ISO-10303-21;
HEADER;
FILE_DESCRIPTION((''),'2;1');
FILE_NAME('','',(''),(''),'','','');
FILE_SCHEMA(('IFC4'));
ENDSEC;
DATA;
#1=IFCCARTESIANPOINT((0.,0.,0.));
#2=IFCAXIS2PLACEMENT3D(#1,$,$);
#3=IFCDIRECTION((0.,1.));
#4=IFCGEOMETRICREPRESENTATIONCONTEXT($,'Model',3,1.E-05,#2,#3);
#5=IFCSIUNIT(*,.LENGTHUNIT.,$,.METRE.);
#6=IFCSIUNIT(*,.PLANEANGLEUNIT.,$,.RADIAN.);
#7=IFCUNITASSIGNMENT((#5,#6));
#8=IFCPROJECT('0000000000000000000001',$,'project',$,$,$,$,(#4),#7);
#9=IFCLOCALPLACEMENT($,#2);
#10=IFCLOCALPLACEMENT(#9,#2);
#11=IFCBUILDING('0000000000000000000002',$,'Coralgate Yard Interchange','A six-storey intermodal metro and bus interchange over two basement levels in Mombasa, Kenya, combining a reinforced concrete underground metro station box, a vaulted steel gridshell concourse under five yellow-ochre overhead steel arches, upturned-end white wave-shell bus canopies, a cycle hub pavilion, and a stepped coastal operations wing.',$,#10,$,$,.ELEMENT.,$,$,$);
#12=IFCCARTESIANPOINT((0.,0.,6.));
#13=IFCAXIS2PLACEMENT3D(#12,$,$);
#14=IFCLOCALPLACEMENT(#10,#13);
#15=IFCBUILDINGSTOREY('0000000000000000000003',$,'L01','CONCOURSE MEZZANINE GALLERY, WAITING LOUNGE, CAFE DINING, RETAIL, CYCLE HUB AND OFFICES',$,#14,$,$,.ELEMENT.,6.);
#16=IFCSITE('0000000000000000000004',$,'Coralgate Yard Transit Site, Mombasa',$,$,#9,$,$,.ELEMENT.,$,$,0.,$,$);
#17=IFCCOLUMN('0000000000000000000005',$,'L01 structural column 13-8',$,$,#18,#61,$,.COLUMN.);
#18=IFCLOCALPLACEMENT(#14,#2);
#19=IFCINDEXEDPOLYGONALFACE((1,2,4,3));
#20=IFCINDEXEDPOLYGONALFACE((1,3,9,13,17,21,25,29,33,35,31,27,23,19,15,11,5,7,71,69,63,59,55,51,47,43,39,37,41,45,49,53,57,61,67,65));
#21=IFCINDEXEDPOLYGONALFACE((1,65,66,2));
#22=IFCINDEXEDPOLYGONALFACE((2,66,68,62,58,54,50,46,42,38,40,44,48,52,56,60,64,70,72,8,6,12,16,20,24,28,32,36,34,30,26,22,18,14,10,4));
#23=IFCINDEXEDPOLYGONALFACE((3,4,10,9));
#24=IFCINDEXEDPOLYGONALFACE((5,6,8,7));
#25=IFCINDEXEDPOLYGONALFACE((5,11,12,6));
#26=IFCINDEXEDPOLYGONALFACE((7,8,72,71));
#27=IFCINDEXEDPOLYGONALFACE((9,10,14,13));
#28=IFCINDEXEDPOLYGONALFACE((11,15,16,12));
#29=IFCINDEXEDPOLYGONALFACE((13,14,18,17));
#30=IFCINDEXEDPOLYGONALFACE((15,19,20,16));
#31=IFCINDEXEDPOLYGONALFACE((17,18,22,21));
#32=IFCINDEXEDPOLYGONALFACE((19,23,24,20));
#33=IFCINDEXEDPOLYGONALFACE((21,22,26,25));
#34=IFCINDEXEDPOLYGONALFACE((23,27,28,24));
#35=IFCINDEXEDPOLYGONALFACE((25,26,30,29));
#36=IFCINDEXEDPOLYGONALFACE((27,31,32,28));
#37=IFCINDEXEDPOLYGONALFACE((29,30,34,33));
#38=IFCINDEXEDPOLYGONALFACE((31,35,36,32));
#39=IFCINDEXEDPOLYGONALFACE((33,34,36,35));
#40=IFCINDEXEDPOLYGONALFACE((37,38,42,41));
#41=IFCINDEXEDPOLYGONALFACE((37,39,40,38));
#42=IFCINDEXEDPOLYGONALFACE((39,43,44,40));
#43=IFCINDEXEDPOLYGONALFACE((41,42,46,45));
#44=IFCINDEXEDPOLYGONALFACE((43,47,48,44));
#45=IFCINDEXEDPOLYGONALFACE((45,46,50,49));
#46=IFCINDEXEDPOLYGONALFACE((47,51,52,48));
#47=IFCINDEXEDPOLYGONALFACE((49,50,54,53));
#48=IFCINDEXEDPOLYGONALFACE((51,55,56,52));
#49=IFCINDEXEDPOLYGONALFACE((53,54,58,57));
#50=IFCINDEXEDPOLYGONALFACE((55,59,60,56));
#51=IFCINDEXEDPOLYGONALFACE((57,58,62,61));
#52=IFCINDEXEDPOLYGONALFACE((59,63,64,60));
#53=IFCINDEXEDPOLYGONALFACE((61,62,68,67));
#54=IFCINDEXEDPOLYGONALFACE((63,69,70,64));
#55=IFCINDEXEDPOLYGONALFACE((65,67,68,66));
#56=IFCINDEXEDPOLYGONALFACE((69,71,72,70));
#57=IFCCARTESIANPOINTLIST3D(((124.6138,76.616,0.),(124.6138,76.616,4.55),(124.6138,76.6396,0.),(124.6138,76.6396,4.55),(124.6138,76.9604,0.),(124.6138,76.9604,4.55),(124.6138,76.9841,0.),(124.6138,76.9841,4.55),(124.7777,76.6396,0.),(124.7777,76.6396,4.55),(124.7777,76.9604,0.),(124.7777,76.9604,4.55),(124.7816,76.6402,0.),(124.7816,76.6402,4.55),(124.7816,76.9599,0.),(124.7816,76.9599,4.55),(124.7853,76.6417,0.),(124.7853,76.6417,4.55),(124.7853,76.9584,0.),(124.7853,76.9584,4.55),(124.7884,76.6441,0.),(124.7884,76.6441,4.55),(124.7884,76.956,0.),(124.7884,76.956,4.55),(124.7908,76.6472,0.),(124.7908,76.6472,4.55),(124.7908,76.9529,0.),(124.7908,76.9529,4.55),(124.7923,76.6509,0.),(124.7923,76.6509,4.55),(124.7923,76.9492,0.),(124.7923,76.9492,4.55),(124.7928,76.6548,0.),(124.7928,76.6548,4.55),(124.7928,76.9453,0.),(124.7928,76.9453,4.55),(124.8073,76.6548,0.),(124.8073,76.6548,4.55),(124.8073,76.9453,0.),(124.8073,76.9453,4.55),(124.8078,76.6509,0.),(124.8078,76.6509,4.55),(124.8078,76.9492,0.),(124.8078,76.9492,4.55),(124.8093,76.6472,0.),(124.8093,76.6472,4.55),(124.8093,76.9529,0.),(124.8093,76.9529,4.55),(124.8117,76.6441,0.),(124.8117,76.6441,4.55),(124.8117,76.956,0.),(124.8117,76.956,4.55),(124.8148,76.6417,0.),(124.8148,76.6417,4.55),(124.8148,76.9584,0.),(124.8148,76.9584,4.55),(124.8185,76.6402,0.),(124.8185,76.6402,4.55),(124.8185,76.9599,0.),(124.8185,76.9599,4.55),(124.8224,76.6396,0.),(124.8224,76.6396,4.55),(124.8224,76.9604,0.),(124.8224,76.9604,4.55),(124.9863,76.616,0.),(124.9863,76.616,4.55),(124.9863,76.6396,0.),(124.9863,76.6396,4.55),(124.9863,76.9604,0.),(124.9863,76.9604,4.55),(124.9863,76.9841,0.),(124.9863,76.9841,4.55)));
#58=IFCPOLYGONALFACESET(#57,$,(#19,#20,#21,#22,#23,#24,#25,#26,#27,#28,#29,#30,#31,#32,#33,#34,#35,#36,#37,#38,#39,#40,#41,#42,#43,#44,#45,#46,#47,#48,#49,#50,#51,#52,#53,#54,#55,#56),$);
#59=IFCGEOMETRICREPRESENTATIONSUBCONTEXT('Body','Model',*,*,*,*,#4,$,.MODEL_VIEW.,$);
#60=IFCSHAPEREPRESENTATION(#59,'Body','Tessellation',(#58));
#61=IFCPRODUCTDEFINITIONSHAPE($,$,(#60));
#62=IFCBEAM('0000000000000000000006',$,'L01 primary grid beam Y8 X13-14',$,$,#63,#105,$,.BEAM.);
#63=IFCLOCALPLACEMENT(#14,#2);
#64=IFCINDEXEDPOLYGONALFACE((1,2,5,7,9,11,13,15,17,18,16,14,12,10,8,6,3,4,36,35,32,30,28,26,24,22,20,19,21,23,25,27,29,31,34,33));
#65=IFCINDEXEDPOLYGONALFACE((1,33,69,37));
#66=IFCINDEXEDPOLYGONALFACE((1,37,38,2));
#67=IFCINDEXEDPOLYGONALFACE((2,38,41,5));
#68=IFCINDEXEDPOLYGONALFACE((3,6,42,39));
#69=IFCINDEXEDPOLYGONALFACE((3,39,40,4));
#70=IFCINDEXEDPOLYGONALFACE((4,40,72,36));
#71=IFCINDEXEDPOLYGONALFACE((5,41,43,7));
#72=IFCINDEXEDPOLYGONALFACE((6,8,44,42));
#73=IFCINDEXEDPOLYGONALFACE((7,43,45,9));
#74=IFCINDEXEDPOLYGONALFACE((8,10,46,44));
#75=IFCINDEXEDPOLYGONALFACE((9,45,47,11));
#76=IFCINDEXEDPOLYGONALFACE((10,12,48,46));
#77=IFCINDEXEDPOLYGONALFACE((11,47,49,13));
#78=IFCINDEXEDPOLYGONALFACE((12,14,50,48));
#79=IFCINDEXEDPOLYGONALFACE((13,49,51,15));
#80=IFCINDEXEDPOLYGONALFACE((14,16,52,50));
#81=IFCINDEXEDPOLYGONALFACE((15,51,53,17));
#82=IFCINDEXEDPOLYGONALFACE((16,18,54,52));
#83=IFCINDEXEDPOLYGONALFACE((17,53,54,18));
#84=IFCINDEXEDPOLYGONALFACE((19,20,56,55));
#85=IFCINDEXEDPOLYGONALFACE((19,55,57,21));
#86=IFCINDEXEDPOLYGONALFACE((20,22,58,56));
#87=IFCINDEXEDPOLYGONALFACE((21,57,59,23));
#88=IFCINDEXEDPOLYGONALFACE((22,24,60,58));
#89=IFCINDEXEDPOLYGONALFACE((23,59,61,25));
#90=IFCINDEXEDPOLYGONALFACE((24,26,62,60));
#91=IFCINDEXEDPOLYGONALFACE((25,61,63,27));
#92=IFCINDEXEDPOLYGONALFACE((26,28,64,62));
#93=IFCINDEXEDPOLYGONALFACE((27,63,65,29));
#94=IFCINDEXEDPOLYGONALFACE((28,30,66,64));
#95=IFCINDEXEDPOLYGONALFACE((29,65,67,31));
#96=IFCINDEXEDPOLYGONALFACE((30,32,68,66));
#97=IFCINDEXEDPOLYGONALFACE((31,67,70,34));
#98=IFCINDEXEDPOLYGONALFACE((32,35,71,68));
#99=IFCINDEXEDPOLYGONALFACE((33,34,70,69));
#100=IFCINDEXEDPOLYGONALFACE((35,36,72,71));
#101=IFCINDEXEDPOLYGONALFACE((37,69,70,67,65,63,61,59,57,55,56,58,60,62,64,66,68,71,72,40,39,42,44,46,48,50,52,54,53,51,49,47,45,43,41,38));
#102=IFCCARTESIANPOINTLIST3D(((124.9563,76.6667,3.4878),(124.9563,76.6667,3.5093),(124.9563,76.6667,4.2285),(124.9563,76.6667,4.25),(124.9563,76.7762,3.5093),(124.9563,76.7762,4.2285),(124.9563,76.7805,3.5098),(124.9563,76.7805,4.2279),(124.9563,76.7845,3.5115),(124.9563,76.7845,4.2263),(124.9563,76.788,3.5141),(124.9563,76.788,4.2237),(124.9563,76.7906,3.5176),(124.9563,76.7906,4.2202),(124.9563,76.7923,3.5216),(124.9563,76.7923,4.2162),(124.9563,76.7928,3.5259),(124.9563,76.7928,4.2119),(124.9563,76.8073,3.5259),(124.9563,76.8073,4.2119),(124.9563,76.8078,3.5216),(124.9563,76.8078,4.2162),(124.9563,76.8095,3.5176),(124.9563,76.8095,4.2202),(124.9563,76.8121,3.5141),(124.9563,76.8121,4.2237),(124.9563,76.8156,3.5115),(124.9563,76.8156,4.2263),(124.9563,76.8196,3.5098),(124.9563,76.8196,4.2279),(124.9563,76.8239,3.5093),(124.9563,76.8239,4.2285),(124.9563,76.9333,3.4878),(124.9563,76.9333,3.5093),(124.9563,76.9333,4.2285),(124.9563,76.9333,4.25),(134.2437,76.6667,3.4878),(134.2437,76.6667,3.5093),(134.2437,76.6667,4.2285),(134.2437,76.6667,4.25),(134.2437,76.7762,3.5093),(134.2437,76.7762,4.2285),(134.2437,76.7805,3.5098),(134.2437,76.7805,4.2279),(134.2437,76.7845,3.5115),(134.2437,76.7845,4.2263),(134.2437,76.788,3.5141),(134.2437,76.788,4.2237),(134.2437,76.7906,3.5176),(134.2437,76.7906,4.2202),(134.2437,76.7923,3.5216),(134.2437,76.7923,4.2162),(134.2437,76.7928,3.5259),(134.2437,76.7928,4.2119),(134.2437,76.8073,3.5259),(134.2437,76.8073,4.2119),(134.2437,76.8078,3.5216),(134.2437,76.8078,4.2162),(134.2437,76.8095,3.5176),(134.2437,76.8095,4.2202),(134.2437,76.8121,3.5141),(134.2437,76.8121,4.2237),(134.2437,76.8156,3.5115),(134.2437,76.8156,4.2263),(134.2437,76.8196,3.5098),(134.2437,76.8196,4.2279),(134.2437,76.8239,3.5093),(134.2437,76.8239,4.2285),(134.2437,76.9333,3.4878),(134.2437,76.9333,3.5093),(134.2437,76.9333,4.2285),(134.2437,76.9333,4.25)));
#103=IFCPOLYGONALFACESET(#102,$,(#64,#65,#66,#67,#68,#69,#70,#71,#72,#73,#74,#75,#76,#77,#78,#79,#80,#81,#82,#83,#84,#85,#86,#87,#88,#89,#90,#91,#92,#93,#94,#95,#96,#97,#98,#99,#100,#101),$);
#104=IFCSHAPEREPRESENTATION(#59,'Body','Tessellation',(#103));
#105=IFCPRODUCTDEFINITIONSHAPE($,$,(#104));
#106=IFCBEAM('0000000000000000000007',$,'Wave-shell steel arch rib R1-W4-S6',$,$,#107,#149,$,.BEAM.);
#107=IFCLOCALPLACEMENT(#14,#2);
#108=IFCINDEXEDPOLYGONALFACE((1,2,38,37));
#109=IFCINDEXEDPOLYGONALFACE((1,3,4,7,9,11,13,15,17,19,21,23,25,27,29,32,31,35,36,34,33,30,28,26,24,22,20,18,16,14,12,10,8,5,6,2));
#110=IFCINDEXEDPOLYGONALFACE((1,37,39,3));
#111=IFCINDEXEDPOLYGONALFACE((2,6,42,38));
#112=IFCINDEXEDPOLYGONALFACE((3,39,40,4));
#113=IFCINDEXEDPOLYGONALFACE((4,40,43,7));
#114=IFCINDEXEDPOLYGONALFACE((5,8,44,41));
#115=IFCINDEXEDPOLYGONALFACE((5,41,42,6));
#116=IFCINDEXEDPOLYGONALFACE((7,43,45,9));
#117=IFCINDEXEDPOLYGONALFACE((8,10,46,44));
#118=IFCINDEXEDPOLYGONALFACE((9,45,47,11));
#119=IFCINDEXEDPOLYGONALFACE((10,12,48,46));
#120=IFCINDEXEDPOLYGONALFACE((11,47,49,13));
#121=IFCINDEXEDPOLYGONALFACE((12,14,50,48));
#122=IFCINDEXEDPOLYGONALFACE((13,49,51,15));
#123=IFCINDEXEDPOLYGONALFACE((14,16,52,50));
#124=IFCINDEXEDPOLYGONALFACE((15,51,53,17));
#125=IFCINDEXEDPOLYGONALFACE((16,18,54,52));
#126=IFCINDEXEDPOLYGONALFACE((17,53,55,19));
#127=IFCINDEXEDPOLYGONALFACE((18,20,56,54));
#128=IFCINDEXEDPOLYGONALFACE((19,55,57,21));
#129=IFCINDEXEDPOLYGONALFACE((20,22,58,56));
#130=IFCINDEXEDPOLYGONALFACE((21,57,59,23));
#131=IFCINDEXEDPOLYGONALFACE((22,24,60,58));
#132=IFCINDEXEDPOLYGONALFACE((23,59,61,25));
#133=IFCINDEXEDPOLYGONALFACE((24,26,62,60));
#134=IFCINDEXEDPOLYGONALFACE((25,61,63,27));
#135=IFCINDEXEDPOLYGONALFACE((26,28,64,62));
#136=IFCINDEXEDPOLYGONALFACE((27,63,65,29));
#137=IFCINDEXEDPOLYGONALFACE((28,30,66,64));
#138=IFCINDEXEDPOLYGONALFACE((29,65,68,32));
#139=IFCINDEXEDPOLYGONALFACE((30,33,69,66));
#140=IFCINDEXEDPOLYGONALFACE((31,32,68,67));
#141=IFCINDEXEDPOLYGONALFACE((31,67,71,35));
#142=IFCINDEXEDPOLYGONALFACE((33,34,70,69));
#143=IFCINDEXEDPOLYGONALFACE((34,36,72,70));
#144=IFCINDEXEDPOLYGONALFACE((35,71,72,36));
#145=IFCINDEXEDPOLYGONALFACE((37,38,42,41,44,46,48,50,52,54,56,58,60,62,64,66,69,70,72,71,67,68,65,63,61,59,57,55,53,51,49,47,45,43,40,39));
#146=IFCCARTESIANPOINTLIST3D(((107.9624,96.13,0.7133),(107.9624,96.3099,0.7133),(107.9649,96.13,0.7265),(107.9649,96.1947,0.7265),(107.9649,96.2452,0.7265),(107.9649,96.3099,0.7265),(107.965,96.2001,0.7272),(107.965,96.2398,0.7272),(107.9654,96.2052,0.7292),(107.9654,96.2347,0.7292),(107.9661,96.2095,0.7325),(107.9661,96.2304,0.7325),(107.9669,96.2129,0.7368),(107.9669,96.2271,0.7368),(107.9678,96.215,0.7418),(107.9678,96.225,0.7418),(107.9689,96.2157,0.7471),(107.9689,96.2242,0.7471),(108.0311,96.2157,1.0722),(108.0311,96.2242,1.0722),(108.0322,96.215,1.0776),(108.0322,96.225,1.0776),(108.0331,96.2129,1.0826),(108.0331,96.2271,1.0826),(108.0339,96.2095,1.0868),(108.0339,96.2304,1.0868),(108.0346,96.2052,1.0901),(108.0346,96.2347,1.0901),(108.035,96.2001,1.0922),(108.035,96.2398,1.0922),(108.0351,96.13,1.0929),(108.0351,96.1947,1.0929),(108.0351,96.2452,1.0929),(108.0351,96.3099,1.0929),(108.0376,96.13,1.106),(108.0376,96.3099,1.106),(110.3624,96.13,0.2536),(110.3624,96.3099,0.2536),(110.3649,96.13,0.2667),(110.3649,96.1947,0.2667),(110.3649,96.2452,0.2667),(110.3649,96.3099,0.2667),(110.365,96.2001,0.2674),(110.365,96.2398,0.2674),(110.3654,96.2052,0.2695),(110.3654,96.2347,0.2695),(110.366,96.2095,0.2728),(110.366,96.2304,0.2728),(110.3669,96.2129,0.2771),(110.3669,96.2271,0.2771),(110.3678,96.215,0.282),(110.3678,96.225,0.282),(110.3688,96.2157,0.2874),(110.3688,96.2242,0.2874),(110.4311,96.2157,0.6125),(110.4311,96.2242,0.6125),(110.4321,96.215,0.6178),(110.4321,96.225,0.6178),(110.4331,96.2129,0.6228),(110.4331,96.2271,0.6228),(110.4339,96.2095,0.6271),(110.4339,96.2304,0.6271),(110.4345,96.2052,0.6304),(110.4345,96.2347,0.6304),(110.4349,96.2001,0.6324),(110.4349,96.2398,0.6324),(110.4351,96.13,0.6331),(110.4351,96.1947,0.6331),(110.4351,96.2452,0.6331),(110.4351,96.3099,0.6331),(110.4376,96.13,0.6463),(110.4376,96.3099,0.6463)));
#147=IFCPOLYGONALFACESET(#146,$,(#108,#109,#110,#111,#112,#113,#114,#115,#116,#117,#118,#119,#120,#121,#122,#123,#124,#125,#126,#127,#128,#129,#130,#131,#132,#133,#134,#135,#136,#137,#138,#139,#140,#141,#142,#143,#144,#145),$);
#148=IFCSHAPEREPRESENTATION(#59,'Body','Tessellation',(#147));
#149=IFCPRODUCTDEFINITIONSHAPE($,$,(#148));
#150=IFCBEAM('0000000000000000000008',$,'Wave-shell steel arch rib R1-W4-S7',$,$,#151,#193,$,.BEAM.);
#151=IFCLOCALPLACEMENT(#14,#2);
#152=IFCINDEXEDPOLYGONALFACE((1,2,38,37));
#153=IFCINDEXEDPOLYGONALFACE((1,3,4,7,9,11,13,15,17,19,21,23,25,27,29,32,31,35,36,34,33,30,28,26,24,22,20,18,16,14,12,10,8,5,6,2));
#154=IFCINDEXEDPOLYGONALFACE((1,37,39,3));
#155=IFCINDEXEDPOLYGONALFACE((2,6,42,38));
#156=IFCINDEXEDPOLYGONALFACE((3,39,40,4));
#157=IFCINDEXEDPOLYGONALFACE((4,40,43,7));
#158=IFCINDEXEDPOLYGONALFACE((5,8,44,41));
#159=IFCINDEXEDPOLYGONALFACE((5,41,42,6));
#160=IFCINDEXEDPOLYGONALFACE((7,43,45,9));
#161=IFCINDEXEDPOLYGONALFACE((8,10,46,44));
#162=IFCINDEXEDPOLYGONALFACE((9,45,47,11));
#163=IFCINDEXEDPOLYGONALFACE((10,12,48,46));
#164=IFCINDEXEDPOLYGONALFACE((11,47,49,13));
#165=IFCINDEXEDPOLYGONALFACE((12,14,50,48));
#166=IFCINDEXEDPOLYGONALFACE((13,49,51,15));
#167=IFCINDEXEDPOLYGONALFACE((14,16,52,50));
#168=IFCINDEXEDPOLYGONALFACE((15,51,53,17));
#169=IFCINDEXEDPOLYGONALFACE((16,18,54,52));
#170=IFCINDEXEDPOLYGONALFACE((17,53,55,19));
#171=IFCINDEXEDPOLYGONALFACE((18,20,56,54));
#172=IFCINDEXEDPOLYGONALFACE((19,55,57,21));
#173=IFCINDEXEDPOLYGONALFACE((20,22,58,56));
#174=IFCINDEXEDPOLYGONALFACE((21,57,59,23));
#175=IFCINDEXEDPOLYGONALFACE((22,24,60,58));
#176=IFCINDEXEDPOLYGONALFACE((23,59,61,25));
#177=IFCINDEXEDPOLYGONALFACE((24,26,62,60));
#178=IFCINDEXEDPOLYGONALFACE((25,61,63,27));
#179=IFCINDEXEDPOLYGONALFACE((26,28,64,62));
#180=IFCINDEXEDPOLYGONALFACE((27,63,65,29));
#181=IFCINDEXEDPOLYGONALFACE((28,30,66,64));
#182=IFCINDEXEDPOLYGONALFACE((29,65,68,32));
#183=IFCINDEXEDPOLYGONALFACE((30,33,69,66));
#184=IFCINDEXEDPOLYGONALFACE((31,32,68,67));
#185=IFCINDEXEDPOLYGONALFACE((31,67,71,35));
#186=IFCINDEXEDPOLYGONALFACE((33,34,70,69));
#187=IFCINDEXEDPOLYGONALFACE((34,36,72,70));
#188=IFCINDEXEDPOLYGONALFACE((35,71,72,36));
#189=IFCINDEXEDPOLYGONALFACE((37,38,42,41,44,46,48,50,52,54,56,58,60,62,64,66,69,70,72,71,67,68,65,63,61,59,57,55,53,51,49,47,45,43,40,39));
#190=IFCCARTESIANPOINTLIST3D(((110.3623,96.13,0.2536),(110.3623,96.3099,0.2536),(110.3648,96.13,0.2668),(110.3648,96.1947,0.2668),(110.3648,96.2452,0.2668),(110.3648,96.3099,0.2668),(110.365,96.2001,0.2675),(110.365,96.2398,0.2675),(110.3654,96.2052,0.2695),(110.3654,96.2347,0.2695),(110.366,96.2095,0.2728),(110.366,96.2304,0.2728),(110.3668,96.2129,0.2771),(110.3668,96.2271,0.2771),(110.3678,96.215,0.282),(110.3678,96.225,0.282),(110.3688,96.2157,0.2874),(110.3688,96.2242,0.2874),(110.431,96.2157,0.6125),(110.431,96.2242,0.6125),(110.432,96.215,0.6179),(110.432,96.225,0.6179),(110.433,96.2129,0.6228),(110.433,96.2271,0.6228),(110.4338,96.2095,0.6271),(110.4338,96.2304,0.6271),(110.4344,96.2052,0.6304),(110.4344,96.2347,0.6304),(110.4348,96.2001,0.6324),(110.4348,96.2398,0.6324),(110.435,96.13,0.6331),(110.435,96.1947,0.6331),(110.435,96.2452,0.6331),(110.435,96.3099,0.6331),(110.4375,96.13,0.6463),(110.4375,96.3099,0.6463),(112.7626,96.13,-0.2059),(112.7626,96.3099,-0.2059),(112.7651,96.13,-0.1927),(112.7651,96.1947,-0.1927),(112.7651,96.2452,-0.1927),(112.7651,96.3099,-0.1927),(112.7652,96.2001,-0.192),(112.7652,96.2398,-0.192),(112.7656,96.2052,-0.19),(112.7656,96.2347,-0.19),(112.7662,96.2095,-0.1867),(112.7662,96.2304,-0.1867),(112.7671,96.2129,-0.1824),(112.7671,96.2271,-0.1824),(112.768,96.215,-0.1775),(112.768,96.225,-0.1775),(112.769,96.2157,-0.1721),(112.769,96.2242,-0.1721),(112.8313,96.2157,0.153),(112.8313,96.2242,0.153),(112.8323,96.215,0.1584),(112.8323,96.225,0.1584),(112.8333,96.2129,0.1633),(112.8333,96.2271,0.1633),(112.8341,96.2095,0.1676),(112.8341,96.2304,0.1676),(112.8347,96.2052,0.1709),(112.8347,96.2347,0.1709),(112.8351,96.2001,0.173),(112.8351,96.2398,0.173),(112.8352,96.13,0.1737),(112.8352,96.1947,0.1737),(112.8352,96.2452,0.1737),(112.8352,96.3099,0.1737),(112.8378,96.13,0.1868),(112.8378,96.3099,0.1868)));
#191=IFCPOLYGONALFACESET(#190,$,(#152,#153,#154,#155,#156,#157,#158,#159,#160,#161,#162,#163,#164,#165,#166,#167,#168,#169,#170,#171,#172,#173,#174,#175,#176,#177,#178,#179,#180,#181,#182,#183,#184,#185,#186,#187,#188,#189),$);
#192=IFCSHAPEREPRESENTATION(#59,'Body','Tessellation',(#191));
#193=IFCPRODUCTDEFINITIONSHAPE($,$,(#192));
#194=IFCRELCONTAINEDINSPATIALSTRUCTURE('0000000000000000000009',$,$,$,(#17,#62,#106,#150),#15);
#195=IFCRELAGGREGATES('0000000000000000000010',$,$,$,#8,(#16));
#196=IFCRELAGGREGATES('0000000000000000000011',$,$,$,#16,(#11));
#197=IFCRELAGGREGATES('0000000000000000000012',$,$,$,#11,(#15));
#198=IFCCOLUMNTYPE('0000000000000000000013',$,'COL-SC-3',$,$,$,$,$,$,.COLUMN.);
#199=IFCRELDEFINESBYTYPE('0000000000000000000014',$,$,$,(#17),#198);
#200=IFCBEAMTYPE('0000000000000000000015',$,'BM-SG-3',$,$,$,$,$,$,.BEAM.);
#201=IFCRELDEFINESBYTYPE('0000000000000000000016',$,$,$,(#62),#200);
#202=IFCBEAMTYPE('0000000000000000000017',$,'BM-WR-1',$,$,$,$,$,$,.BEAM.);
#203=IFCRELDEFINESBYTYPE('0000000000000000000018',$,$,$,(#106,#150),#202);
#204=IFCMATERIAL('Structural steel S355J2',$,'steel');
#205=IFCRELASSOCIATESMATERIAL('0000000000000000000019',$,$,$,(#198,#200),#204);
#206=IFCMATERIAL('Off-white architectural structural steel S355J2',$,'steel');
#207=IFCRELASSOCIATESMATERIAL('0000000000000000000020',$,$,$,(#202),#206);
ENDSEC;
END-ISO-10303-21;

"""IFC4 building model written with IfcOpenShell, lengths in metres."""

from ifc_helpers import new_model, si_unit, direction, frame, origin, origin_2d, place, context, subcontext, project, spatial, i_section, extrude, material, material_profile, profile_set, type_object, element, save


model = new_model("IFC4")

# Units and contexts
model_context = context("Model", 3, precision=1e-05, world=origin(), true_north=direction((0.0, 1.0)))
body_context = subcontext(model_context, "Body", "Model", "MODEL_VIEW")
ifc_project = project(units=[si_unit("LENGTHUNIT", "METRE"), si_unit("PLANEANGLEUNIT", "RADIAN")], contexts=[model_context])

# Site, building, storey
site_placement = place(None, origin())
site = spatial("IfcSite", under=ifc_project, at=site_placement, Name="Coralgate Yard Transit Site, Mombasa", CompositionType="ELEMENT", RefElevation=0.0)
building_placement = place(site_placement, origin())
building = spatial("IfcBuilding", under=site, at=building_placement, Name="Coralgate Yard Interchange", Description="A six-storey intermodal metro and bus interchange over two basement levels in Mombasa, Kenya, combining a reinforced concrete underground metro station box, a vaulted steel gridshell concourse under five yellow-ochre overhead steel arches, upturned-end white wave-shell bus canopies, a cycle hub pavilion, and a stepped coastal operations wing.", CompositionType="ELEMENT")
storey_placement = place(building_placement, frame((0.0, 0.0, 6.0)))
storey = spatial("IfcBuildingStorey", under=building, at=storey_placement, Name="L01", Description="CONCOURSE MEZZANINE GALLERY, WAITING LOUNGE, CAFE DINING, RETAIL, CYCLE HUB AND OFFICES", CompositionType="ELEMENT", Elevation=6.0)

# Column
ifc_material_1 = material(Name="Structural steel S355J2", Category="steel")
ifc_material_profile_1 = material_profile(ifc_material_1, i_section(OverallWidth=0.3726, OverallDepth=0.3682, WebThickness=0.0144, FlangeThickness=0.0237, FilletRadius=0.0151, at=origin_2d()), Name="UC 356x368x177")
ifc_profile_set_1 = profile_set([ifc_material_profile_1], Name="Structural steel S355J2")
column_type = type_object("IfcColumnType", Name="COL-SC-3", PredefinedType="COLUMN", material=ifc_profile_set_1)
column_placement = place(storey_placement, frame((124.8, 76.8, 0.0), z_axis=(0.0, 0.0, 1.0), x_axis=(1.0, 0.0, 0.0)))
element("IfcColumn", 1, at=column_placement, inside=storey, type_object=column_type, Name="L01 structural column 13-8", PredefinedType="COLUMN", context=body_context, shape_type="SweptSolid", body=[
    extrude(i_section(OverallWidth=0.3726, OverallDepth=0.3682, WebThickness=0.0144, FlangeThickness=0.0237, FilletRadius=0.0151, at=origin_2d()), origin(), (0.0, 0.0, 1.0), 4.55),
])

# Beams
ifc_material_profile_2 = material_profile(ifc_material_1, i_section(OverallWidth=0.2666, OverallDepth=0.7622, WebThickness=0.0144, FlangeThickness=0.0215, FilletRadius=0.0166, at=origin_2d()), Name="UB 762x267x173")
ifc_profile_set_2 = profile_set([ifc_material_profile_2], Name="Structural steel S355J2")
beam_type_1 = type_object("IfcBeamType", Name="BM-SG-3", PredefinedType="BEAM", material=ifc_profile_set_2)
beam_1_placement = place(storey_placement, frame((124.9563, 76.8, 3.8689), z_axis=(1.0, 0.0, 0.0), x_axis=(0.0, 1.0, 0.0)))
element("IfcBeam", 2, at=beam_1_placement, inside=storey, type_object=beam_type_1, Name="L01 primary grid beam Y8 X13-14", PredefinedType="BEAM", context=body_context, shape_type="SweptSolid", body=[
    extrude(i_section(OverallWidth=0.2666, OverallDepth=0.7622, WebThickness=0.0144, FlangeThickness=0.0215, FilletRadius=0.0166, at=origin_2d()), origin(), (0.0, 0.0, 1.0), 9.2874),
])
ifc_material_2 = material(Name="Off-white architectural structural steel S355J2", Category="steel")
ifc_material_profile_3 = material_profile(ifc_material_2, i_section(OverallWidth=0.1799, OverallDepth=0.3999, WebThickness=0.0085, FlangeThickness=0.0134, FilletRadius=0.021, at=origin_2d()), Name="IPE 400")
ifc_profile_set_3 = profile_set([ifc_material_profile_3], Name="Off-white architectural structural steel S355J2")
beam_type_2 = type_object("IfcBeamType", Name="BM-WR-1", PredefinedType="BEAM", material=ifc_profile_set_3)
beam_2_placement = place(storey_placement, frame((108.0, 96.22, 0.9097), z_axis=(0.982143, 0.0, -0.188136), x_axis=(0.0, 1.0, 0.0)))
element("IfcBeam", 3, at=beam_2_placement, inside=storey, type_object=beam_type_2, Name="Wave-shell steel arch rib R1-W4-S6", PredefinedType="BEAM", context=body_context, shape_type="SweptSolid", body=[
    extrude(i_section(OverallWidth=0.1799, OverallDepth=0.3999, WebThickness=0.0085, FlangeThickness=0.0134, FilletRadius=0.021, at=origin_2d()), origin(), (0.0, 0.0, 1.0), 2.4436),
])
beam_3_placement = place(storey_placement, frame((110.3999, 96.22, 0.45), z_axis=(0.982165, 0.0, -0.188021), x_axis=(0.0, 1.0, 0.0)))
element("IfcBeam", 4, at=beam_3_placement, inside=storey, type_object=beam_type_2, Name="Wave-shell steel arch rib R1-W4-S7", PredefinedType="BEAM", context=body_context, shape_type="SweptSolid", body=[
    extrude(i_section(OverallWidth=0.1799, OverallDepth=0.3999, WebThickness=0.0085, FlangeThickness=0.0134, FilletRadius=0.021, at=origin_2d()), origin(), (0.0, 0.0, 1.0), 2.4438),
])

save(model, "model.ifc")
